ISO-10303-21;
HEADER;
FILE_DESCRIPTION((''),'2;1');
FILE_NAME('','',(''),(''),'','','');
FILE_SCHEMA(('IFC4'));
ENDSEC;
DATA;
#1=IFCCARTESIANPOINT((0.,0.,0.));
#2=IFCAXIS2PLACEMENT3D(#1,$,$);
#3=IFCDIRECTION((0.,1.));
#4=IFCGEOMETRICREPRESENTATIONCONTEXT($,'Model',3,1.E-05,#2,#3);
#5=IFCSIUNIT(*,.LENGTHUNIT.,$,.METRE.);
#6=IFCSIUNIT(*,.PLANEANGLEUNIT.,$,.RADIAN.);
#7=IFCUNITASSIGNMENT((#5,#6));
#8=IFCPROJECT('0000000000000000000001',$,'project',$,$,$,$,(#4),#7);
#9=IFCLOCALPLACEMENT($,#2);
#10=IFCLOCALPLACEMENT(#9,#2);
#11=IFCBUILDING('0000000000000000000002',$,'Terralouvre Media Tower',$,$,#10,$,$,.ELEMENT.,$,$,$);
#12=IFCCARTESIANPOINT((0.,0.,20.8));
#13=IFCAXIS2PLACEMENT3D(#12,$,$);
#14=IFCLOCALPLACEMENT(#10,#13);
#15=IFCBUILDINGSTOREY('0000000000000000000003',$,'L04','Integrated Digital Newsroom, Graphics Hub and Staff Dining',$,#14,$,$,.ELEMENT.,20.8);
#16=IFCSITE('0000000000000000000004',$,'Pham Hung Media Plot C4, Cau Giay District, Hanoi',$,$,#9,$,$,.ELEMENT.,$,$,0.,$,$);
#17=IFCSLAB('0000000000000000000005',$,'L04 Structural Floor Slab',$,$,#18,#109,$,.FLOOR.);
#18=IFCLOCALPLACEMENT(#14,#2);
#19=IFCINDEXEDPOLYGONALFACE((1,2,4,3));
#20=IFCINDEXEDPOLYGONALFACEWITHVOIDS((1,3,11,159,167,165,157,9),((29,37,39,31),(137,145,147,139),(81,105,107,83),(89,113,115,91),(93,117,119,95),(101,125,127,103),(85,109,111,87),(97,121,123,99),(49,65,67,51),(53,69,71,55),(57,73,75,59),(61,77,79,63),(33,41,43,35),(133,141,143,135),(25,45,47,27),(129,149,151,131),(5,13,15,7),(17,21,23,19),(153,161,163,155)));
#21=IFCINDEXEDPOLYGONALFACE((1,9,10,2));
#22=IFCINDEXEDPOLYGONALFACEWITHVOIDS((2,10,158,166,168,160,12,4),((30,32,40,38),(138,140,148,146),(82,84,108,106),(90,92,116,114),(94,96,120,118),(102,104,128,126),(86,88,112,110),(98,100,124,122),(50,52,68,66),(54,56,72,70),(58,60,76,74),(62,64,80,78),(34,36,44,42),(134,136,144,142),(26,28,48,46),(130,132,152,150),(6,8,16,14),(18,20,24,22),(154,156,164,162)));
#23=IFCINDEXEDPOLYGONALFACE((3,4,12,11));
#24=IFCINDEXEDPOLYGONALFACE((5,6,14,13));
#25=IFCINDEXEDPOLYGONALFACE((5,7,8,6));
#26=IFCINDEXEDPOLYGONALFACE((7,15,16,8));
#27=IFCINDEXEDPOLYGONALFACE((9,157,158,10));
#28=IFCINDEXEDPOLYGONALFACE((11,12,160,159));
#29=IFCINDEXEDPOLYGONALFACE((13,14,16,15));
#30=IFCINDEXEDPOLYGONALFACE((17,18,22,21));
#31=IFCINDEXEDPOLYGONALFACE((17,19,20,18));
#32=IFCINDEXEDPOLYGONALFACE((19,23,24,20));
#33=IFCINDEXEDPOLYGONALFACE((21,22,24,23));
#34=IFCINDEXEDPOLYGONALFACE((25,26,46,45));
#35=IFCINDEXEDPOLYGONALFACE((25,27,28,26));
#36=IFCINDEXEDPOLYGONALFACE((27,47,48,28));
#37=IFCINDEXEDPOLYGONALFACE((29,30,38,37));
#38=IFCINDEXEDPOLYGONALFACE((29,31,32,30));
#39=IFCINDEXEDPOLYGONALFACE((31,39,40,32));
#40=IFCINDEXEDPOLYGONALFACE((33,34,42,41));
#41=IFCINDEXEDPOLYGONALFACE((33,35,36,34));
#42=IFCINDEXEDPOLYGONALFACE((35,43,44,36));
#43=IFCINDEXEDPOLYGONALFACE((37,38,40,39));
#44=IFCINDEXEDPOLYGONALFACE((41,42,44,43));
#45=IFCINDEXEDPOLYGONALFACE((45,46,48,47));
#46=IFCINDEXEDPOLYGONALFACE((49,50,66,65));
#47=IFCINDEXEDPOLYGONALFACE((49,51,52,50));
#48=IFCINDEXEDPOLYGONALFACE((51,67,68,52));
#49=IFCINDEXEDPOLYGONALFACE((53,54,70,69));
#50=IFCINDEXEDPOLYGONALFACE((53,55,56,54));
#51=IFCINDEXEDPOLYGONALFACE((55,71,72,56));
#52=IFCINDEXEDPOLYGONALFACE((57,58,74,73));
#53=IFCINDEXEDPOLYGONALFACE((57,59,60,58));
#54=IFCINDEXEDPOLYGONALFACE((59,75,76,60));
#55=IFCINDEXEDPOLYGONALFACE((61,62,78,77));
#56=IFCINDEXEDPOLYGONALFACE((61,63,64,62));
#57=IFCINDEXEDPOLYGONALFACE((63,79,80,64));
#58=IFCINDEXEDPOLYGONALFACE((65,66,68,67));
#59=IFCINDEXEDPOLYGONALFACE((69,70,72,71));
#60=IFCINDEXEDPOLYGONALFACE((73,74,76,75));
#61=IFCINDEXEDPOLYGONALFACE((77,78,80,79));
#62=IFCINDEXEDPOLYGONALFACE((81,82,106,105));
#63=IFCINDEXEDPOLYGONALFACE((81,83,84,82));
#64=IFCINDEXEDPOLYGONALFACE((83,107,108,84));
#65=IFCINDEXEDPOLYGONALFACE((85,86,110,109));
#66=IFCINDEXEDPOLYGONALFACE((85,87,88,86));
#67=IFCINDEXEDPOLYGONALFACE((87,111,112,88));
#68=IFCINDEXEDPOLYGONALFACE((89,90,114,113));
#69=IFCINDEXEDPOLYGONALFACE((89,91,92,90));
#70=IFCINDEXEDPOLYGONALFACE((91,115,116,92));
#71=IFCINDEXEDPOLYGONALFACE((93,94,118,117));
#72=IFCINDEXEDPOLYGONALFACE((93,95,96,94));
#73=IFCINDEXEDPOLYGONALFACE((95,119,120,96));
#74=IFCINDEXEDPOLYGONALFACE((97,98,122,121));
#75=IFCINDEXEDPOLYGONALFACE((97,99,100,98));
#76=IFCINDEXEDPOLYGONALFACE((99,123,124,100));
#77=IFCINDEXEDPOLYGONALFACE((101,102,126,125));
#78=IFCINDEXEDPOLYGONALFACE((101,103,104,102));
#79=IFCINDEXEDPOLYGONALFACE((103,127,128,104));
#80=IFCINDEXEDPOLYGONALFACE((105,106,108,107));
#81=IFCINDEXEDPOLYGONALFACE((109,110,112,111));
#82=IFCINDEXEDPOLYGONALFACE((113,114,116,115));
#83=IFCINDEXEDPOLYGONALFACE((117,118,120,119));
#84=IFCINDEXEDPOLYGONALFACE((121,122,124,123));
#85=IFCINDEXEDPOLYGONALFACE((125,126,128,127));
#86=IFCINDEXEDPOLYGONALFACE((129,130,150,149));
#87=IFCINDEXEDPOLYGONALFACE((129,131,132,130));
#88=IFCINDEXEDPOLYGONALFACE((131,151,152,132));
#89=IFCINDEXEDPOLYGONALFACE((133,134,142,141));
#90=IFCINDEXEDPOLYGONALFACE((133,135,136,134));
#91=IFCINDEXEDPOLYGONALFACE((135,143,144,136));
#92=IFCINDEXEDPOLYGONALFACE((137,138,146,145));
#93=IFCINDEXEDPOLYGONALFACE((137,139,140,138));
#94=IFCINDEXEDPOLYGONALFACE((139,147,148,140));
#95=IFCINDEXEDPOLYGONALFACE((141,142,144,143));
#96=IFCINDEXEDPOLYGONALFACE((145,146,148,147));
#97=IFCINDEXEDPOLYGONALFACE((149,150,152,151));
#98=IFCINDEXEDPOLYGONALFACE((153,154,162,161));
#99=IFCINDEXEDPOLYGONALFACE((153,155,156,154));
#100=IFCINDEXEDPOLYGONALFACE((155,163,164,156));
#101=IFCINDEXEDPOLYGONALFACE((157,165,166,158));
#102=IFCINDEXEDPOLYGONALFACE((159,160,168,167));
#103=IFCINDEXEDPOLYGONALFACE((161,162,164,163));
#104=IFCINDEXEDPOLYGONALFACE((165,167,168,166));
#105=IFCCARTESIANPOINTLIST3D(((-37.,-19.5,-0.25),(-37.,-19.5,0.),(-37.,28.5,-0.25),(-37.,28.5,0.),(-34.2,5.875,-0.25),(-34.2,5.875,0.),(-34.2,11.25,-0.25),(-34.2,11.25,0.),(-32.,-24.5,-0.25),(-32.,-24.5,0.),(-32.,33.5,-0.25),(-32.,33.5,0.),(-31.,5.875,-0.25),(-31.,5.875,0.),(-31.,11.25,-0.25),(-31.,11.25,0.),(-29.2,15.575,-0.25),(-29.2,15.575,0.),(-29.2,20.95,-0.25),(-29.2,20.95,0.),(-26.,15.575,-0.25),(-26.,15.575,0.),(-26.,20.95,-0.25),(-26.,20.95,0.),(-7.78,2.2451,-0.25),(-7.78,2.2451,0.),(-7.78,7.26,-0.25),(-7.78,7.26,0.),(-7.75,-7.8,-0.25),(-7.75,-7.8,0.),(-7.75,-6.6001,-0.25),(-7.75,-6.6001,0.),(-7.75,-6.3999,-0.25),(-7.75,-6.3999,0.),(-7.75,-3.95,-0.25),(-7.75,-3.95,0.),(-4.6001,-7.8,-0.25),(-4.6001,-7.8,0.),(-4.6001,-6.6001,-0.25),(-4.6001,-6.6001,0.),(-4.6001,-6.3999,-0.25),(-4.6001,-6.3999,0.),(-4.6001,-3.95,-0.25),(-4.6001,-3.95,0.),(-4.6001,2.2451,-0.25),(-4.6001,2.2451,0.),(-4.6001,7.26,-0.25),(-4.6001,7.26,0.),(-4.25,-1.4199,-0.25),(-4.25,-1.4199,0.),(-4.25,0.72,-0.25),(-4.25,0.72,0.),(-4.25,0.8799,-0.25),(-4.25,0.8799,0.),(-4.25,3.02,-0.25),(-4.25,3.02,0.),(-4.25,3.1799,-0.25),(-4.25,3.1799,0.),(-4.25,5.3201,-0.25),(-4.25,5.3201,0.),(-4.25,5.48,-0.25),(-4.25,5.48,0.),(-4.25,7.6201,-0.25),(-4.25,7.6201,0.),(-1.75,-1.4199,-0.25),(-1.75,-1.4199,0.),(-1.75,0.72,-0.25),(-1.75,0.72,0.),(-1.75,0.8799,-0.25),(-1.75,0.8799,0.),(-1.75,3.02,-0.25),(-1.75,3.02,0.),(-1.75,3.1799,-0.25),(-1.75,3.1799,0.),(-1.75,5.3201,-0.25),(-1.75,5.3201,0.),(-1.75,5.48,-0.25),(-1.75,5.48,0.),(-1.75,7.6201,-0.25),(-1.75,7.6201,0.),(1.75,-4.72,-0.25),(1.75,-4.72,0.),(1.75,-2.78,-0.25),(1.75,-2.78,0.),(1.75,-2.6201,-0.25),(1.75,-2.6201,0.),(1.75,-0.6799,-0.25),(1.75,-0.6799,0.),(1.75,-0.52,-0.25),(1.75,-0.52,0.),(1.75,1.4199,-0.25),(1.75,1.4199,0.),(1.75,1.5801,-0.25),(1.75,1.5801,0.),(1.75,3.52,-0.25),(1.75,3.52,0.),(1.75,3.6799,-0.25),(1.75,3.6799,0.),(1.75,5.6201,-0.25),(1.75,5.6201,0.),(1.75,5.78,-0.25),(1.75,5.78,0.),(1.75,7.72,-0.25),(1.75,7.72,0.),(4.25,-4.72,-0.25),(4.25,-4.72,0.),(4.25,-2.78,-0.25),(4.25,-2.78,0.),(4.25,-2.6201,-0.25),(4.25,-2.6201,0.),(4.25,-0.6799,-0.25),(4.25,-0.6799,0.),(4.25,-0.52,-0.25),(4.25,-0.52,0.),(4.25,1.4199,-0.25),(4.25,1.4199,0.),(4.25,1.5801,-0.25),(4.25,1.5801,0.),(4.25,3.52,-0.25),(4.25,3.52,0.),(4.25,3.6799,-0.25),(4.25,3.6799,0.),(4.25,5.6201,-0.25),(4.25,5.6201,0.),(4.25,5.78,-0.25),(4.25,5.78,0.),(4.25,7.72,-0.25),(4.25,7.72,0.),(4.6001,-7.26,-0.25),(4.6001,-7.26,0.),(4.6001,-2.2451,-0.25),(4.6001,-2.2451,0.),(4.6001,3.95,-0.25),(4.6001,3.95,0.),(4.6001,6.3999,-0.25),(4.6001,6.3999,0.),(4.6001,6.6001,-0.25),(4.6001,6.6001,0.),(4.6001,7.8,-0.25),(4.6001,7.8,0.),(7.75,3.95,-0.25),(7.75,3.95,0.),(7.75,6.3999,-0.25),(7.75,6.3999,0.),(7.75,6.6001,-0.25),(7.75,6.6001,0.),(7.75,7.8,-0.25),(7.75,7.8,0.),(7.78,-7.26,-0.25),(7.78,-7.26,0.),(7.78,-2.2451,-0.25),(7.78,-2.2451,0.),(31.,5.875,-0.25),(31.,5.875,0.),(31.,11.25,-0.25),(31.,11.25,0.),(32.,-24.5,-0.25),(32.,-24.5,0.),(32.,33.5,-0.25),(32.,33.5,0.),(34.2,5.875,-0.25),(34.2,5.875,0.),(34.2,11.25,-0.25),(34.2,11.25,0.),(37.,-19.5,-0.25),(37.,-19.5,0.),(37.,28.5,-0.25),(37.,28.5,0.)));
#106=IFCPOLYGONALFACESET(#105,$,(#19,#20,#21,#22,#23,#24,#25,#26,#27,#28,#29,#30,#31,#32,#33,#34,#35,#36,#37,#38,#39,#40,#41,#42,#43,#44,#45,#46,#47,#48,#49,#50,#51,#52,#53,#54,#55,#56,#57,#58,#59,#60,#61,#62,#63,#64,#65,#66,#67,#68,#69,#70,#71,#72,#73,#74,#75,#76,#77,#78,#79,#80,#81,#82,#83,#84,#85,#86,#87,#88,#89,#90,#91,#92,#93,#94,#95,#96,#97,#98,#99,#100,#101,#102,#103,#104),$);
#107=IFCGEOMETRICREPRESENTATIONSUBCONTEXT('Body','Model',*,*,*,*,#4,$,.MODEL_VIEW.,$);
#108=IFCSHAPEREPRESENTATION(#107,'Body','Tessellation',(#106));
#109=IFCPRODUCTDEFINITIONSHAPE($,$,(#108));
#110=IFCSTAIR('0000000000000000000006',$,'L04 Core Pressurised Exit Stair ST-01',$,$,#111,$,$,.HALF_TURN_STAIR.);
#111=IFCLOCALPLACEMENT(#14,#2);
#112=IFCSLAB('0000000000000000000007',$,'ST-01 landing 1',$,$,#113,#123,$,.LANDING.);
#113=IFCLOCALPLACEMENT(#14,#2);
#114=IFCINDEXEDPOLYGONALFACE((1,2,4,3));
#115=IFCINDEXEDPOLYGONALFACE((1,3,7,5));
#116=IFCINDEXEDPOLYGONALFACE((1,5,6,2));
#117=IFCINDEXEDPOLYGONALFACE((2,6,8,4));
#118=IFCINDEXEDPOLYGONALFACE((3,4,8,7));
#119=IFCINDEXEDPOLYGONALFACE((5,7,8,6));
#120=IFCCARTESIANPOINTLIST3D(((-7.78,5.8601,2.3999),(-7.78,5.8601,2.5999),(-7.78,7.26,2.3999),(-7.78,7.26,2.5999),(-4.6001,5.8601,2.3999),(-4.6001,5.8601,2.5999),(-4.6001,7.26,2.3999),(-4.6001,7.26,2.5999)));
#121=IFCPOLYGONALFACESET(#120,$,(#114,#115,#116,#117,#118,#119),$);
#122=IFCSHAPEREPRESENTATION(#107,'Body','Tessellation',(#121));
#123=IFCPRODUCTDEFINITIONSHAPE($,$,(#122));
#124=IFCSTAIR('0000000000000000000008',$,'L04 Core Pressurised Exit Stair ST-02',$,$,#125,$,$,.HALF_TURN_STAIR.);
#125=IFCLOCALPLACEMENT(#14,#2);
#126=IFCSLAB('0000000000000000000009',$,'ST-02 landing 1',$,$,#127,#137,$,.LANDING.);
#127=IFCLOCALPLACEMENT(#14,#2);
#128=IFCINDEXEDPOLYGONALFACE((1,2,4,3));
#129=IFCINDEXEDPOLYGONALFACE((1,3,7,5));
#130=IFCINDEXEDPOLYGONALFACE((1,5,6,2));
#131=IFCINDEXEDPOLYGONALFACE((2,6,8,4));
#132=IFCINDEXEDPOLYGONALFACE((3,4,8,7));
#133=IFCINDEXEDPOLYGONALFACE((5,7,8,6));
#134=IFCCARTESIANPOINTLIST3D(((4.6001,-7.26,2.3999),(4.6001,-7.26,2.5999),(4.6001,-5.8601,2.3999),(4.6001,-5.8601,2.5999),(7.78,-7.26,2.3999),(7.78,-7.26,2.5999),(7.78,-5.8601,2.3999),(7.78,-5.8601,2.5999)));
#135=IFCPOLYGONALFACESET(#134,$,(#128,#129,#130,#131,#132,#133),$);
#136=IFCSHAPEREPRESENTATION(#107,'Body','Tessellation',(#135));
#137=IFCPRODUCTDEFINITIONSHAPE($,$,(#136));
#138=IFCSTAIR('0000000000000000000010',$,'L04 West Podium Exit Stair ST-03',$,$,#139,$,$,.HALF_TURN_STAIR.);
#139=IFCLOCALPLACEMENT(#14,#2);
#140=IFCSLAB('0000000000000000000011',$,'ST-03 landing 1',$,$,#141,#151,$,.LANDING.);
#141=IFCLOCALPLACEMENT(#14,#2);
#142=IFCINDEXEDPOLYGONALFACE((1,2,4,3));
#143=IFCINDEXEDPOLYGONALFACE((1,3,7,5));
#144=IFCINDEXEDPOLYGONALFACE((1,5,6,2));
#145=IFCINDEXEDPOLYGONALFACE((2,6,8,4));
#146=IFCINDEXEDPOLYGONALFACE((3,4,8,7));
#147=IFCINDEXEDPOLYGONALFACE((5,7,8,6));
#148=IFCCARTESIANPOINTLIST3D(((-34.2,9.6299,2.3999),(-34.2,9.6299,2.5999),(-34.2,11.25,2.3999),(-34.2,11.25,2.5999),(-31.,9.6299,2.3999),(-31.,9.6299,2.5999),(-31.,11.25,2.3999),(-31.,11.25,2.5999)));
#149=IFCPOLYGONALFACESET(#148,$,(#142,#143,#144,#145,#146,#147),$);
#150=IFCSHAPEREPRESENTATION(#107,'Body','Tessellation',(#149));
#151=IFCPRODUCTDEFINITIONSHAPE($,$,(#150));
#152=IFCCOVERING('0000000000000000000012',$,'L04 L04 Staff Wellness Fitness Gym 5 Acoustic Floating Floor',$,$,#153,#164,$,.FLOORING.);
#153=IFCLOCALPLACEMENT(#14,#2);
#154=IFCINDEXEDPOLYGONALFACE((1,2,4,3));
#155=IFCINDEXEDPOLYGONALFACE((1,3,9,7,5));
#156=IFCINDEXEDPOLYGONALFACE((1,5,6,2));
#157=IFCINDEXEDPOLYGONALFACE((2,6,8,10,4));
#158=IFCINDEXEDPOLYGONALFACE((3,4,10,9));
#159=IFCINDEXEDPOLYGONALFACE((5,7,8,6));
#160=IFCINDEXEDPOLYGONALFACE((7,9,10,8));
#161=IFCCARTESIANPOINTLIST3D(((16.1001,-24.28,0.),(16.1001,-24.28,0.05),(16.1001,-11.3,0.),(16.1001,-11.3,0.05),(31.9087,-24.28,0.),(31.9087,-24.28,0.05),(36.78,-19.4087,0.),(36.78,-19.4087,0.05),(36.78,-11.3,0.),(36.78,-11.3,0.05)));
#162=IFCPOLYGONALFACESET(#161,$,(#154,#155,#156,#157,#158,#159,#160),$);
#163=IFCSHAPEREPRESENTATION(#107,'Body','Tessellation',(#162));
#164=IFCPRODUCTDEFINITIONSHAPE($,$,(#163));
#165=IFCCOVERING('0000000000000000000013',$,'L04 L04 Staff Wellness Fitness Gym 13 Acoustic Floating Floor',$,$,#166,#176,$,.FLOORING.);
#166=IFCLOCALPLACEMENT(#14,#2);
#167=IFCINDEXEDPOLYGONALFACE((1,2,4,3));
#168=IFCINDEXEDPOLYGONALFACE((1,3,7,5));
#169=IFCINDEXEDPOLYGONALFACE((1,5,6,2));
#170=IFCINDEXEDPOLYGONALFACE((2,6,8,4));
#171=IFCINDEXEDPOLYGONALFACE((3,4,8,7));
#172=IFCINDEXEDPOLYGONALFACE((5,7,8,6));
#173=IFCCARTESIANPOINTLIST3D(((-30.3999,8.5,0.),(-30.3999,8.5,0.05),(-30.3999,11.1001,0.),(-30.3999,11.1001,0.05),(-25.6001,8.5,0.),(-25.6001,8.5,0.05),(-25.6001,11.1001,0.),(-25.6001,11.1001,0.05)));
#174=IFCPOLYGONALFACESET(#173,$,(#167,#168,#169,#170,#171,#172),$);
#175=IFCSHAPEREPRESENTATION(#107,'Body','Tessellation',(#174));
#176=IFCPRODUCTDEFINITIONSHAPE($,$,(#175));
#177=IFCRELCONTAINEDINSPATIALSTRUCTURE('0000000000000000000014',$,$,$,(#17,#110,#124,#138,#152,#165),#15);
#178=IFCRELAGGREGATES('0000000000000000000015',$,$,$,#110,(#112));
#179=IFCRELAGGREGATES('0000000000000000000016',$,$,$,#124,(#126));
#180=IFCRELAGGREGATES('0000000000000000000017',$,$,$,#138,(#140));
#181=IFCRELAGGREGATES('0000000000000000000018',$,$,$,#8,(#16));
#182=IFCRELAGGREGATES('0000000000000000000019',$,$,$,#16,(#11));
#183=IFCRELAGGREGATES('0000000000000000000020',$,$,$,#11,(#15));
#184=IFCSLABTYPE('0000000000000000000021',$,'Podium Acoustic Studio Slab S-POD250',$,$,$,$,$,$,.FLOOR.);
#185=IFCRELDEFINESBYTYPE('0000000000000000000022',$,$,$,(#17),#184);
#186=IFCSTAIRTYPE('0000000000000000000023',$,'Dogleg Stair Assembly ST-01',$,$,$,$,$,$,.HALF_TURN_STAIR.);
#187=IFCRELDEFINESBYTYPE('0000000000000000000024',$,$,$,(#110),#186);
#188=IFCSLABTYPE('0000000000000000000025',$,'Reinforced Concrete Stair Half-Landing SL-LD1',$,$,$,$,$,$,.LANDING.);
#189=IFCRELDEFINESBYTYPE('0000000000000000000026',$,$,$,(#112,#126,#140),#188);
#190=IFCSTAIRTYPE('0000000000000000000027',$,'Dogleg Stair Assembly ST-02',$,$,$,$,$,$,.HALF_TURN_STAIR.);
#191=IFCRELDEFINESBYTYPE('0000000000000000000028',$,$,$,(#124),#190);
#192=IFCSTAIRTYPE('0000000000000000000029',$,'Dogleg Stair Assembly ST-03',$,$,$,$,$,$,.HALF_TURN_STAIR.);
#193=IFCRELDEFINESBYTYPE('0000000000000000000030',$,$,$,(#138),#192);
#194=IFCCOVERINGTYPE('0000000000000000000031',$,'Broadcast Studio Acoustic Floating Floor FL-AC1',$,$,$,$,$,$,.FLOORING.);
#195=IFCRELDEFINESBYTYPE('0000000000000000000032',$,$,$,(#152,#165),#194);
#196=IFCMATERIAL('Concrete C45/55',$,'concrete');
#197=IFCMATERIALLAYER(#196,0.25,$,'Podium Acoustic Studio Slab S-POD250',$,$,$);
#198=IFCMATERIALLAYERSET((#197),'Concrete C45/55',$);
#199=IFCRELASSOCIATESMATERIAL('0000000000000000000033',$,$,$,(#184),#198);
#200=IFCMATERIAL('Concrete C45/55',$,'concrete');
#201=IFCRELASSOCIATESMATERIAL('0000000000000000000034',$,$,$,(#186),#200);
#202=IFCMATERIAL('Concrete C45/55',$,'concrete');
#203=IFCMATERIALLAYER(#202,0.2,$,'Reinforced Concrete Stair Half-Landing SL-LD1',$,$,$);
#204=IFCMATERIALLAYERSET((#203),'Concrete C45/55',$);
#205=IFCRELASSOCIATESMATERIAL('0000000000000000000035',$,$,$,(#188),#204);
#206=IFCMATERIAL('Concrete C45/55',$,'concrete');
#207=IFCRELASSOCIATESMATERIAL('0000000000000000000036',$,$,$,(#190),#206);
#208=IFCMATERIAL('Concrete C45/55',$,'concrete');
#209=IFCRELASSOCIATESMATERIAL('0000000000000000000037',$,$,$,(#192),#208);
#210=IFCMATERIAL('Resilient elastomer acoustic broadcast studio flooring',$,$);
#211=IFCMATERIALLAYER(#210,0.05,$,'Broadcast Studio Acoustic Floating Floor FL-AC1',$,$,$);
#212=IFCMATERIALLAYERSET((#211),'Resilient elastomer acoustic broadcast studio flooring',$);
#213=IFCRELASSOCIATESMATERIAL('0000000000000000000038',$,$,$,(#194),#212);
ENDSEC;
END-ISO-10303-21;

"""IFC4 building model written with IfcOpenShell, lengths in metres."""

from ifc_helpers import new_model, si_unit, direction, frame, origin, place, context, subcontext, project, spatial, polyline, outline, extrude, material, layer, layer_set, type_object, element, aggregate, save


model = new_model("IFC4")

# Units and contexts
model_context = context("Model", 3, precision=1e-05, world=origin(), true_north=direction((0.0, 1.0)))
body_context = subcontext(model_context, "Body", "Model", "MODEL_VIEW")
ifc_project = project(units=[si_unit("LENGTHUNIT", "METRE"), si_unit("PLANEANGLEUNIT", "RADIAN")], contexts=[model_context])

# Site, building, storey
site_placement = place(None, origin())
site = spatial("IfcSite", under=ifc_project, at=site_placement, Name="Pham Hung Media Plot C4, Cau Giay District, Hanoi", CompositionType="ELEMENT", RefElevation=0.0)
building_placement = place(site_placement, origin())
building = spatial("IfcBuilding", under=site, at=building_placement, Name="Terralouvre Media Tower", CompositionType="ELEMENT")
storey_placement = place(building_placement, frame((0.0, 0.0, 20.8)))
storey = spatial("IfcBuildingStorey", under=building, at=storey_placement, Name="L04", Description="Integrated Digital Newsroom, Graphics Hub and Staff Dining", CompositionType="ELEMENT", Elevation=20.8)

# Slab
ifc_material_1 = material(Name="Concrete C45/55", Category="concrete")
ifc_layer_1 = layer(ifc_material_1, 0.25, Name="Podium Acoustic Studio Slab S-POD250")
ifc_layer_set_1 = layer_set([ifc_layer_1], Name="Concrete C45/55")
slab_type_1 = type_object("IfcSlabType", Name="Podium Acoustic Studio Slab S-POD250", PredefinedType="FLOOR", material=ifc_layer_set_1)
slab_1_placement = place(storey_placement, frame((0.0, 0.0, -0.25)))
element("IfcSlab", 1, at=slab_1_placement, inside=storey, type_object=slab_type_1, Name="L04 Structural Floor Slab", PredefinedType="FLOOR", context=body_context, shape_type="SweptSolid", body=[
    extrude(outline(polyline([(-32.0, -24.5), (32.0, -24.5), (37.0, -19.5), (37.0, 28.5), (32.0, 33.5), (-32.0, 33.5), (-37.0, 28.5), (-37.0, -19.5), (-32.0, -24.5)]), holes=[polyline([(-4.6001, -7.8), (-7.75, -7.8), (-7.75, -6.6001), (-4.6001, -6.6001), (-4.6001, -7.8)]), polyline([(-4.6001, -6.3999), (-7.75, -6.3999), (-7.75, -3.95), (-4.6001, -3.95), (-4.6001, -6.3999)]), polyline([(-1.75, -1.4199), (-4.25, -1.4199), (-4.25, 0.72), (-1.75, 0.72), (-1.75, -1.4199)]), polyline([(4.25, -0.52), (1.75, -0.52), (1.75, 1.4199), (4.25, 1.4199), (4.25, -0.52)]), polyline([(-1.75, 0.8799), (-4.25, 0.8799), (-4.25, 3.02), (-1.75, 3.02), (-1.75, 0.8799)]), polyline([(-1.75, 3.1799), (-4.25, 3.1799), (-4.25, 5.3201), (-1.75, 5.3201), (-1.75, 3.1799)]), polyline([(-4.6001, 2.2451), (-7.78, 2.2451), (-7.78, 7.26), (-4.6001, 7.26), (-4.6001, 2.2451)]), polyline([(-4.25, 5.48), (-4.25, 7.6201), (-1.75, 7.6201), (-1.75, 5.48), (-4.25, 5.48)]), polyline([(-34.2, 5.875), (-34.2, 11.25), (-31.0, 11.25), (-31.0, 5.875), (-34.2, 5.875)]), polyline([(-26.0, 15.575), (-29.2, 15.575), (-29.2, 20.95), (-26.0, 20.95), (-26.0, 15.575)]), polyline([(4.6001, -2.2451), (7.78, -2.2451), (7.78, -7.26), (4.6001, -7.26), (4.6001, -2.2451)]), polyline([(4.25, -4.72), (1.75, -4.72), (1.75, -2.78), (4.25, -2.78), (4.25, -4.72)]), polyline([(1.75, -2.6201), (1.75, -0.6799), (4.25, -0.6799), (4.25, -2.6201), (1.75, -2.6201)]), polyline([(1.75, 1.5801), (1.75, 3.52), (4.25, 3.52), (4.25, 1.5801), (1.75, 1.5801)]), polyline([(4.25, 3.6799), (1.75, 3.6799), (1.75, 5.6201), (4.25, 5.6201), (4.25, 3.6799)]), polyline([(7.75, 3.95), (4.6001, 3.95), (4.6001, 6.3999), (7.75, 6.3999), (7.75, 3.95)]), polyline([(4.25, 5.78), (1.75, 5.78), (1.75, 7.72), (4.25, 7.72), (4.25, 5.78)]), polyline([(4.6001, 6.6001), (4.6001, 7.8), (7.75, 7.8), (7.75, 6.6001), (4.6001, 6.6001)]), polyline([(31.0, 5.875), (31.0, 11.25), (34.2, 11.25), (34.2, 5.875), (31.0, 5.875)])]), origin(), (0.0, 0.0, 1.0), 0.25),
])

# Stairs, slabs
ifc_material_2 = material(Name="Concrete C45/55", Category="concrete")
stair_type_1 = type_object("IfcStairType", Name="Dogleg Stair Assembly ST-01", PredefinedType="HALF_TURN_STAIR", material=ifc_material_2)
stair_1_placement = place(storey_placement, origin())
stair_1 = element("IfcStair", 2, at=stair_1_placement, inside=storey, type_object=stair_type_1, Name="L04 Core Pressurised Exit Stair ST-01", PredefinedType="HALF_TURN_STAIR")
ifc_material_3 = material(Name="Concrete C45/55", Category="concrete")
ifc_layer_2 = layer(ifc_material_3, 0.2, Name="Reinforced Concrete Stair Half-Landing SL-LD1")
ifc_layer_set_2 = layer_set([ifc_layer_2], Name="Concrete C45/55")
slab_type_2 = type_object("IfcSlabType", Name="Reinforced Concrete Stair Half-Landing SL-LD1", PredefinedType="LANDING", material=ifc_layer_set_2)
slab_2_placement = place(storey_placement, frame((0.0, 0.0, 2.3999)))
slab_2 = element("IfcSlab", 3, at=slab_2_placement, type_object=slab_type_2, Name="ST-01 landing 1", PredefinedType="LANDING", context=body_context, shape_type="SweptSolid", body=[
    extrude(outline(polyline([(-4.6001, 5.8601), (-4.6001, 7.26), (-7.78, 7.26), (-7.78, 5.8601), (-4.6001, 5.8601)])), origin(), (0.0, 0.0, 1.0), 0.2),
])
aggregate(stair_1, [slab_2])
ifc_material_4 = material(Name="Concrete C45/55", Category="concrete")
stair_type_2 = type_object("IfcStairType", Name="Dogleg Stair Assembly ST-02", PredefinedType="HALF_TURN_STAIR", material=ifc_material_4)
stair_2_placement = place(storey_placement, origin())
stair_2 = element("IfcStair", 4, at=stair_2_placement, inside=storey, type_object=stair_type_2, Name="L04 Core Pressurised Exit Stair ST-02", PredefinedType="HALF_TURN_STAIR")
slab_3_placement = place(storey_placement, frame((0.0, 0.0, 2.3999)))
slab_3 = element("IfcSlab", 5, at=slab_3_placement, type_object=slab_type_2, Name="ST-02 landing 1", PredefinedType="LANDING", context=body_context, shape_type="SweptSolid", body=[
    extrude(outline(polyline([(4.6001, -5.8601), (4.6001, -7.26), (7.78, -7.26), (7.78, -5.8601), (4.6001, -5.8601)])), origin(), (0.0, 0.0, 1.0), 0.2),
])
aggregate(stair_2, [slab_3])
ifc_material_5 = material(Name="Concrete C45/55", Category="concrete")
stair_type_3 = type_object("IfcStairType", Name="Dogleg Stair Assembly ST-03", PredefinedType="HALF_TURN_STAIR", material=ifc_material_5)
stair_3_placement = place(storey_placement, origin())
stair_3 = element("IfcStair", 6, at=stair_3_placement, inside=storey, type_object=stair_type_3, Name="L04 West Podium Exit Stair ST-03", PredefinedType="HALF_TURN_STAIR")
slab_4_placement = place(storey_placement, frame((0.0, 0.0, 2.3999)))
slab_4 = element("IfcSlab", 7, at=slab_4_placement, type_object=slab_type_2, Name="ST-03 landing 1", PredefinedType="LANDING", context=body_context, shape_type="SweptSolid", body=[
    extrude(outline(polyline([(-31.0, 9.6299), (-31.0, 11.25), (-34.2, 11.25), (-34.2, 9.6299), (-31.0, 9.6299)])), origin(), (0.0, 0.0, 1.0), 0.2),
])
aggregate(stair_3, [slab_4])

# Coverings
ifc_material_6 = material(Name="Resilient elastomer acoustic broadcast studio flooring")
ifc_layer_3 = layer(ifc_material_6, 0.05, Name="Broadcast Studio Acoustic Floating Floor FL-AC1")
ifc_layer_set_3 = layer_set([ifc_layer_3], Name="Resilient elastomer acoustic broadcast studio flooring")
covering_type_1 = type_object("IfcCoveringType", Name="Broadcast Studio Acoustic Floating Floor FL-AC1", PredefinedType="FLOORING", material=ifc_layer_set_3)
covering_1_placement = place(storey_placement, origin())
element("IfcCovering", 8, at=covering_1_placement, inside=storey, type_object=covering_type_1, Name="L04 L04 Staff Wellness Fitness Gym 5 Acoustic Floating Floor", PredefinedType="FLOORING", context=body_context, shape_type="SweptSolid", body=[
    extrude(outline(polyline([(16.1001, -24.28), (31.9087, -24.28), (36.78, -19.4087), (36.78, -11.3), (16.1001, -11.3), (16.1001, -24.28)])), origin(), (0.0, 0.0, 1.0), 0.05),
])
covering_2_placement = place(storey_placement, origin())
element("IfcCovering", 9, at=covering_2_placement, inside=storey, type_object=covering_type_1, Name="L04 L04 Staff Wellness Fitness Gym 13 Acoustic Floating Floor", PredefinedType="FLOORING", context=body_context, shape_type="SweptSolid", body=[
    extrude(outline(polyline([(-25.6001, 11.1001), (-30.3999, 11.1001), (-30.3999, 8.5), (-25.6001, 8.5), (-25.6001, 11.1001)])), origin(), (0.0, 0.0, 1.0), 0.05),
])

save(model, "model.ifc")
